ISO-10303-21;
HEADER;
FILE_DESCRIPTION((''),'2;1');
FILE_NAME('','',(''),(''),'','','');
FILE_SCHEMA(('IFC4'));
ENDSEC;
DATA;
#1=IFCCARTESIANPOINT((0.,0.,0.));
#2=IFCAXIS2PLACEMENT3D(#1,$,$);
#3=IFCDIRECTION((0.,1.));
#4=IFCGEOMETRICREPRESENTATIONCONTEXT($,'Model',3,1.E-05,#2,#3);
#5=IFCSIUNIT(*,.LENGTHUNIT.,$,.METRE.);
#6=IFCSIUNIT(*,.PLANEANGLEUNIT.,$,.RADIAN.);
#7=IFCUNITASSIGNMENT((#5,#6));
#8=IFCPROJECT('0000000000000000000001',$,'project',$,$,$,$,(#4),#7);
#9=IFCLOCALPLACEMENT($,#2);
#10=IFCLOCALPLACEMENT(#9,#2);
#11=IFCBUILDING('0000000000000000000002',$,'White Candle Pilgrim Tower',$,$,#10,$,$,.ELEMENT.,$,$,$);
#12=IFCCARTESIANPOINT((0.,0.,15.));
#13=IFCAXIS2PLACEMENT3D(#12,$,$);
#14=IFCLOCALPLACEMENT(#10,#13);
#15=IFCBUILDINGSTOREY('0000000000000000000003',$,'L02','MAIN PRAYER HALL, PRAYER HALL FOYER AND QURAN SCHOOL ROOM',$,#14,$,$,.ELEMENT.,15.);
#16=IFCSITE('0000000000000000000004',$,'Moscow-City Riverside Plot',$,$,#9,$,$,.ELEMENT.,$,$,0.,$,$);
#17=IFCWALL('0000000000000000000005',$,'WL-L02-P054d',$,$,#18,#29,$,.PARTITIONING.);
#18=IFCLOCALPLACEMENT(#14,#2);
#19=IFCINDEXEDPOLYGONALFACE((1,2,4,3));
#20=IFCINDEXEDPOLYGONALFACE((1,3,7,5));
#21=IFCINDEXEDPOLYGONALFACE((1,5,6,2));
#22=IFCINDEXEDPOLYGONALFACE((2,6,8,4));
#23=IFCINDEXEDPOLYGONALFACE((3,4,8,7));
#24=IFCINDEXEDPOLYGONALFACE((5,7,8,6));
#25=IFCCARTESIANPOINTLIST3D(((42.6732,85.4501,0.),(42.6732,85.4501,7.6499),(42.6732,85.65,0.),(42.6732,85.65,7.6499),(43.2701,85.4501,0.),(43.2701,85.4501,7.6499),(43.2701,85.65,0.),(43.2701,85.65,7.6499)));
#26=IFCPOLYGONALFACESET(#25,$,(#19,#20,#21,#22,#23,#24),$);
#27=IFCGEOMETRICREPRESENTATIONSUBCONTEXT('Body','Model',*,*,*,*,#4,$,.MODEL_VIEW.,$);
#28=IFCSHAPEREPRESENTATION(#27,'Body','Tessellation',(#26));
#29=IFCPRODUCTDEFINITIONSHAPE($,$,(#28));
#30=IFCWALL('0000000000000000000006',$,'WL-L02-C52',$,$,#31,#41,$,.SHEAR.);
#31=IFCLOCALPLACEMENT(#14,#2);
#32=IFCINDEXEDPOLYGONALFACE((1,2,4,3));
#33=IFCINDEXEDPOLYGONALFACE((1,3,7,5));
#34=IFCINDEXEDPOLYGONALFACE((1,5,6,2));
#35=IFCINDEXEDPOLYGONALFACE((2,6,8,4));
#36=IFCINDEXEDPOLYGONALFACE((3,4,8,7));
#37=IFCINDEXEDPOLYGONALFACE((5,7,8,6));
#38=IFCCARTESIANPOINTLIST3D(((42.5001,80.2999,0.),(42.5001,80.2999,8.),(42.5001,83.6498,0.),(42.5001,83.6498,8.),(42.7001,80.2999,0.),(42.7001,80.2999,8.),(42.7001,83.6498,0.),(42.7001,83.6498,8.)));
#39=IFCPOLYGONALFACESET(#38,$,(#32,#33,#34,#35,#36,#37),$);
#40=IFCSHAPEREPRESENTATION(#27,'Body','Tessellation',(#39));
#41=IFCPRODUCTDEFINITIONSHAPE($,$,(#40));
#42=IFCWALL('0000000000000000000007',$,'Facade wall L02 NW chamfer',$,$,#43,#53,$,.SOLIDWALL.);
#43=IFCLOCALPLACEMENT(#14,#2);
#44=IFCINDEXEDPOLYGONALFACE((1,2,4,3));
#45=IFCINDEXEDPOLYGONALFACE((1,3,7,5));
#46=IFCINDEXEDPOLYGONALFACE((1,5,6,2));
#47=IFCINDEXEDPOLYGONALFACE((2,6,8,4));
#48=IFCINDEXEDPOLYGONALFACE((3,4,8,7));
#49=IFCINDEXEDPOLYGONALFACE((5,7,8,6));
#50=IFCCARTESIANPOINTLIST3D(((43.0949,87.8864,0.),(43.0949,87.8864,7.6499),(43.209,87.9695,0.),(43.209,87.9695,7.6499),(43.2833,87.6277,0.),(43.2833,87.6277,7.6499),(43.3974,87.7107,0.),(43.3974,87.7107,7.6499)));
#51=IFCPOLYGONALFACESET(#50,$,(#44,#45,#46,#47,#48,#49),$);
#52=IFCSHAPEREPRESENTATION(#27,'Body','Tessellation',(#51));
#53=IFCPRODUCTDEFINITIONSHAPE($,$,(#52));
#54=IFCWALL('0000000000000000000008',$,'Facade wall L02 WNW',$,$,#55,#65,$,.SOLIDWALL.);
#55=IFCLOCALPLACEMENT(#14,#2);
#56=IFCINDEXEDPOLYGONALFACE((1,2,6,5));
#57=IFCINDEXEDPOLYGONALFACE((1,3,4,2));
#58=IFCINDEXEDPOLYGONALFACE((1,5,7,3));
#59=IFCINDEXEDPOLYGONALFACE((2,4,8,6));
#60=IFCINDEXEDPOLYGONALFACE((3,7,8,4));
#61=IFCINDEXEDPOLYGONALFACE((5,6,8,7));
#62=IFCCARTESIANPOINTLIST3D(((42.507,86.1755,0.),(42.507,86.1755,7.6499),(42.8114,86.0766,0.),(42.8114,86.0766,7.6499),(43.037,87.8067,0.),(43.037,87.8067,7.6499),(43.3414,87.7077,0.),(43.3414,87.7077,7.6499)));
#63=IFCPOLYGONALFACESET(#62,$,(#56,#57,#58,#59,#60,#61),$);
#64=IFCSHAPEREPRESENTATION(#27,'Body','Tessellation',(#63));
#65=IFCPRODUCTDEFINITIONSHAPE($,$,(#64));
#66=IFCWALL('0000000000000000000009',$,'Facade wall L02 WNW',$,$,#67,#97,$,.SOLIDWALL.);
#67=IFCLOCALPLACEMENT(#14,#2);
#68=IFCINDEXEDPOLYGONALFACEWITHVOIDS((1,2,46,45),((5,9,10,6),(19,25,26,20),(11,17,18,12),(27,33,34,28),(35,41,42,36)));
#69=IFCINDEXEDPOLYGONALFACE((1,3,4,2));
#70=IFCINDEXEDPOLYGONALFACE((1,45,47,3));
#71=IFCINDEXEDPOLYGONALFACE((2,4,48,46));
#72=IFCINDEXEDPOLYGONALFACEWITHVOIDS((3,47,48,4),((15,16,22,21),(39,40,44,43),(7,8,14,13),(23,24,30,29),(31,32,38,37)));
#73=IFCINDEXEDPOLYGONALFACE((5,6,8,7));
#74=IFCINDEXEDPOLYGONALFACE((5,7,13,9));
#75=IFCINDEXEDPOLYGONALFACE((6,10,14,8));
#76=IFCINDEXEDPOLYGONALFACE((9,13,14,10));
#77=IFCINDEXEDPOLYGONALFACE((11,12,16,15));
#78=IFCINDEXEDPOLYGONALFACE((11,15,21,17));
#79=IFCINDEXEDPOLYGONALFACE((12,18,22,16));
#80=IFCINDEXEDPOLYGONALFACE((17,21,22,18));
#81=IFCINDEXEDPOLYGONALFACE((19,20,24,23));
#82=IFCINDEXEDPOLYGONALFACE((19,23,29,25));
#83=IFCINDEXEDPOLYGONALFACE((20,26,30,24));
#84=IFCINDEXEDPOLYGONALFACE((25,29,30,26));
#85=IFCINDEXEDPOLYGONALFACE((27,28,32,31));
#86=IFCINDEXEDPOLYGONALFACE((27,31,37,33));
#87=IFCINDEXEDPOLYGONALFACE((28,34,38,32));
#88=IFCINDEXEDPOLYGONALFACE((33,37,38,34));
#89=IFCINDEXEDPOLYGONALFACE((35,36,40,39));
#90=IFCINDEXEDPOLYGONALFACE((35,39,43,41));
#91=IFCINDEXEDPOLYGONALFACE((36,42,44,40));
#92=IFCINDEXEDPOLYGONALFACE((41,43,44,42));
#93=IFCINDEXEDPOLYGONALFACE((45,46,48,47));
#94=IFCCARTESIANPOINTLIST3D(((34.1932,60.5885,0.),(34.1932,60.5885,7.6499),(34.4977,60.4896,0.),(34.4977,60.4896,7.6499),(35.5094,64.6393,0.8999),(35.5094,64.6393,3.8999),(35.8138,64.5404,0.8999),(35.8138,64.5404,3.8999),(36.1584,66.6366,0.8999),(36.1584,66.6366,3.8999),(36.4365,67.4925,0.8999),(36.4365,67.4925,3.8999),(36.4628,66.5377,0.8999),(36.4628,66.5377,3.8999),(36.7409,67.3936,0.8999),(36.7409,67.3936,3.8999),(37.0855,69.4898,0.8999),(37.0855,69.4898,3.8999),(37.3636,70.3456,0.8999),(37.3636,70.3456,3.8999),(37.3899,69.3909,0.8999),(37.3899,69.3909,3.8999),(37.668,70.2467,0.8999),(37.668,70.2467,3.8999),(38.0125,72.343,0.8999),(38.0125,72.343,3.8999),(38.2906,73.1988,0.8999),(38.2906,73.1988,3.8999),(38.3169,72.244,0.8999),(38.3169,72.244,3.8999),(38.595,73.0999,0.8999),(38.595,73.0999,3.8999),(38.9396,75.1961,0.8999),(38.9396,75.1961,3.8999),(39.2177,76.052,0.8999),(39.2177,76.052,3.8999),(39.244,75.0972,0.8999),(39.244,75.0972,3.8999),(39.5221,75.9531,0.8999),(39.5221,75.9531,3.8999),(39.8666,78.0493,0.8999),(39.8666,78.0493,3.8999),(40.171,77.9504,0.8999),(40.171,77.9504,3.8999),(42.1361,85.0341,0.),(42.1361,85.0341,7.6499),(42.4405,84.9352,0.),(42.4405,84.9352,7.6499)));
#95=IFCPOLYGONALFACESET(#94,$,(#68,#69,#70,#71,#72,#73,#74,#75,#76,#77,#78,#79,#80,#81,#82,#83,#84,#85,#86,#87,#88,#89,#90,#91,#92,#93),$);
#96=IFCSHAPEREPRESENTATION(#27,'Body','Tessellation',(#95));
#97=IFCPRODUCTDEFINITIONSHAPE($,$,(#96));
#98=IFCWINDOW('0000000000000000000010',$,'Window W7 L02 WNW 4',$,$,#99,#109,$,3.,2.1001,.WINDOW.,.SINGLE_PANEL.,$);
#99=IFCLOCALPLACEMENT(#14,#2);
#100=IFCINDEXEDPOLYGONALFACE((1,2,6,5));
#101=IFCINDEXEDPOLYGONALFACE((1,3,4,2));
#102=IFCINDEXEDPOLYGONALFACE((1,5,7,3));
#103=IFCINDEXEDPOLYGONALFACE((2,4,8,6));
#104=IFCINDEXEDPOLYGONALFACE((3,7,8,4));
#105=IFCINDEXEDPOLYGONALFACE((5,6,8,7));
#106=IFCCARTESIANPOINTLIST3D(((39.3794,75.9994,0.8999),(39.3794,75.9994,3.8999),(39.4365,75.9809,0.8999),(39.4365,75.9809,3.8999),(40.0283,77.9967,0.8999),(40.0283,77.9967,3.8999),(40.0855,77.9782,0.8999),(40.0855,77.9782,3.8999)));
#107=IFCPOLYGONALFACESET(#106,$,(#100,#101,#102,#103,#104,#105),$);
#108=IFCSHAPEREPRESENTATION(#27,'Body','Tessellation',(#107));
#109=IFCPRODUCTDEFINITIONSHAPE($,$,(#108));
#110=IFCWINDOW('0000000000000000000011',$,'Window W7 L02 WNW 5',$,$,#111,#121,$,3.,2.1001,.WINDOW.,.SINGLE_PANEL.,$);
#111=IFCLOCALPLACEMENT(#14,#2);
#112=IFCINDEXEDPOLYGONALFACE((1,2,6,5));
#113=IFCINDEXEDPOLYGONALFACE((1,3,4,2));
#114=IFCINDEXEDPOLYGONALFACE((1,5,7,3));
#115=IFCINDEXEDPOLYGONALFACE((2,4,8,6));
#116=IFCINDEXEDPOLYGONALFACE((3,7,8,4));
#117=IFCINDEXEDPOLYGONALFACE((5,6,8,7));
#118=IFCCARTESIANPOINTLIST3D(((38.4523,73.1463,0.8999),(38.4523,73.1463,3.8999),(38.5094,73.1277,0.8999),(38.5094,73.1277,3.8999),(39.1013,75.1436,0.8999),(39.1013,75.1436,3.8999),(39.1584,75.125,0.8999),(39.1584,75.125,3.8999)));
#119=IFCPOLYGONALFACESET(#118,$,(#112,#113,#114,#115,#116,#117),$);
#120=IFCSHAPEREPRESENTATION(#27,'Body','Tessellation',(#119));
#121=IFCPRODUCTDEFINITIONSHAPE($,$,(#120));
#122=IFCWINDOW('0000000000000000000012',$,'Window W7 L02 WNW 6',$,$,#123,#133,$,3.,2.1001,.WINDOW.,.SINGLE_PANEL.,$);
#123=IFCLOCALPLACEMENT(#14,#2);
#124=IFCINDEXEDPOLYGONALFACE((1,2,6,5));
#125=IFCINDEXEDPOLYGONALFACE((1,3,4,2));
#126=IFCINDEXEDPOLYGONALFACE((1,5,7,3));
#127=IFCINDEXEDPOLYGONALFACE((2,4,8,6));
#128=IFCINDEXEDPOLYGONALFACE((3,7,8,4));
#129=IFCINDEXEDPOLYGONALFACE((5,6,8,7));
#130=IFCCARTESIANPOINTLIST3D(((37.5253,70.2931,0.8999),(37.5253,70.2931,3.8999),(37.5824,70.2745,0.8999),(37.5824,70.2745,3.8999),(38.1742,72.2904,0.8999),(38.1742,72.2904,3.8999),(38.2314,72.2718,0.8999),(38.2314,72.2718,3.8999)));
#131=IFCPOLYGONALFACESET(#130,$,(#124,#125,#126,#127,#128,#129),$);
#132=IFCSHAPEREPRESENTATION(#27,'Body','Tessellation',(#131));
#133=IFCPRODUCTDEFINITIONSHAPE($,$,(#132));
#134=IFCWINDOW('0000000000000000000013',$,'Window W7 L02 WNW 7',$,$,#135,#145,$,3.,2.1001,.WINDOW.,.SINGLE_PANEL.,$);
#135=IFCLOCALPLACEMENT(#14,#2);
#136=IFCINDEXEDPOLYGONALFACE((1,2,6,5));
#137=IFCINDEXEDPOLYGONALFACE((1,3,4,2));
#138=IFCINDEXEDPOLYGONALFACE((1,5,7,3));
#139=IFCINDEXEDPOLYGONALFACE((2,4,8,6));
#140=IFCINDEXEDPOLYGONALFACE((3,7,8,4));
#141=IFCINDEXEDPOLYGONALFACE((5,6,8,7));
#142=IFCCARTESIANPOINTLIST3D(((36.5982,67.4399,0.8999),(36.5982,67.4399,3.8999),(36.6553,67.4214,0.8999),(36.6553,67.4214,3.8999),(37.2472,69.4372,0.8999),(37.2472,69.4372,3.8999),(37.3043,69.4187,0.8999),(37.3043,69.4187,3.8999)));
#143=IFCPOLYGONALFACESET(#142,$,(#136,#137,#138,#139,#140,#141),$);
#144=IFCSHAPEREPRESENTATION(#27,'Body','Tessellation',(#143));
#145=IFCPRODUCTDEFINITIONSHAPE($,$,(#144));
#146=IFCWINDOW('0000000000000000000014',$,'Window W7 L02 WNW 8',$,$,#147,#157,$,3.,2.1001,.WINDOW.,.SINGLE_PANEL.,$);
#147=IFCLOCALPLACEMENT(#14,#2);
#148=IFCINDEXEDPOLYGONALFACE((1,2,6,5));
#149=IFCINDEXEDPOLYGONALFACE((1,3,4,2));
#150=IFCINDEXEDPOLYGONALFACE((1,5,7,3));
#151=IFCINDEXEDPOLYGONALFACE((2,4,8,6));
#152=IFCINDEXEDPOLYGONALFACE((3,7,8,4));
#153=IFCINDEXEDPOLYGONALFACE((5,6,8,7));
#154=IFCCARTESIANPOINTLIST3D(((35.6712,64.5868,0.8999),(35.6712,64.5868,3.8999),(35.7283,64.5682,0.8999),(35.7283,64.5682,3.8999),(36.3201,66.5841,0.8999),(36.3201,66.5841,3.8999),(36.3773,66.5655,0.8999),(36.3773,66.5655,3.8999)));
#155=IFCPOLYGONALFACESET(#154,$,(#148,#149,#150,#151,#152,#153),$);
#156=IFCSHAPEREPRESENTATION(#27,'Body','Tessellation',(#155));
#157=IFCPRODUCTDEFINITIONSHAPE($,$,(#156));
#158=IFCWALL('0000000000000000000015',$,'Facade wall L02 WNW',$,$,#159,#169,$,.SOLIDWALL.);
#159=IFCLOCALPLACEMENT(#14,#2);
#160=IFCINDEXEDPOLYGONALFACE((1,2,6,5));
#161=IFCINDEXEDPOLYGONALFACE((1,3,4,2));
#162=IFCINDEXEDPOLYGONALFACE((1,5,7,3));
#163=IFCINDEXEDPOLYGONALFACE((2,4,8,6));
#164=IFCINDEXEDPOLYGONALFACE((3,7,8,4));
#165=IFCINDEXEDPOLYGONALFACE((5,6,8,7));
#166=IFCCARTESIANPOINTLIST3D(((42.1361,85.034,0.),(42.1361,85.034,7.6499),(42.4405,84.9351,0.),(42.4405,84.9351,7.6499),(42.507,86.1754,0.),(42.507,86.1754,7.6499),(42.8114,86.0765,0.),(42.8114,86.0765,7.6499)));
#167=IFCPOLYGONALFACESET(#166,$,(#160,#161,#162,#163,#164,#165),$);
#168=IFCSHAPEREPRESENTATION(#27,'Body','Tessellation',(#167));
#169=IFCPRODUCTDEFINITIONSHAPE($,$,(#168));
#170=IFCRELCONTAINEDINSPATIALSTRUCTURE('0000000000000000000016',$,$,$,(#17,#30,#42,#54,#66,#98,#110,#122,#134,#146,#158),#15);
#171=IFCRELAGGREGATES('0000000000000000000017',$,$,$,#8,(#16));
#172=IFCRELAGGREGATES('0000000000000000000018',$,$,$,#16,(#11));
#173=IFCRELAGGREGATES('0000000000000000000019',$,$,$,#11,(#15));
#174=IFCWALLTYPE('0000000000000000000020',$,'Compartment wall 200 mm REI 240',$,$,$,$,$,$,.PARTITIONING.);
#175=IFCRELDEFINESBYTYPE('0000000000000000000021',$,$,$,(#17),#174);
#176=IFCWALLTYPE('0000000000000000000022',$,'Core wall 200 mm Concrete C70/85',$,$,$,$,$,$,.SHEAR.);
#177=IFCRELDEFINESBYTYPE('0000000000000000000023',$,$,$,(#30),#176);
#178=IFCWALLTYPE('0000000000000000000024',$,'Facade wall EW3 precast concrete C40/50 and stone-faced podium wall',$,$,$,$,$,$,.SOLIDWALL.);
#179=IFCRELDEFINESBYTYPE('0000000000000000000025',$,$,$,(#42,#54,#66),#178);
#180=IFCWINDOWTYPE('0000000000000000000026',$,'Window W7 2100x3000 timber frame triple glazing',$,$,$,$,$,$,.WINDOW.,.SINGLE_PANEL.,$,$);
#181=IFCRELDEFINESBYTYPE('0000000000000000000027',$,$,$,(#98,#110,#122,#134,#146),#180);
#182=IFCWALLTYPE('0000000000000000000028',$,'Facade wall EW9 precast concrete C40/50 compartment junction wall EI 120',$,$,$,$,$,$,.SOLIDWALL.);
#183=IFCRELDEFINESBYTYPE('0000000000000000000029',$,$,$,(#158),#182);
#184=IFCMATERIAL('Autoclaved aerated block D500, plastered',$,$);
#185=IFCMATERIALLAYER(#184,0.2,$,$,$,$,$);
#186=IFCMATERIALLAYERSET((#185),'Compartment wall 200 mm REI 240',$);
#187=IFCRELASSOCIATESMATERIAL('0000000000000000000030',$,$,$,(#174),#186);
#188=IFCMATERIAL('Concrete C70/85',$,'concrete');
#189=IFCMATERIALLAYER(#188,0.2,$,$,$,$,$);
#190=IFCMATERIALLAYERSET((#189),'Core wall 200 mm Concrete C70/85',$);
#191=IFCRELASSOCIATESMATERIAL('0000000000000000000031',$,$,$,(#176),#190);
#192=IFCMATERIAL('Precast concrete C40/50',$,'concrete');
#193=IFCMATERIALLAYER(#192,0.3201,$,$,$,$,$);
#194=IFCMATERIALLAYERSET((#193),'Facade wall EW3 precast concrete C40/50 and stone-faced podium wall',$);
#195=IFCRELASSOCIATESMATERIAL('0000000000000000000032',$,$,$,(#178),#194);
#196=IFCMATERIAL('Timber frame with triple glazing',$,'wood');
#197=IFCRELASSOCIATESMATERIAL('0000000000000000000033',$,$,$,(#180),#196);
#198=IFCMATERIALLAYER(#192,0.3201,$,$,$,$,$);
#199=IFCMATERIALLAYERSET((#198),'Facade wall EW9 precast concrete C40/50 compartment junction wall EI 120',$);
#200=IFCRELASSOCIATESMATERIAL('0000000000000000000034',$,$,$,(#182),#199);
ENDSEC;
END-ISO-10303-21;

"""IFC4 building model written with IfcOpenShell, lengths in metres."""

from ifc_helpers import new_model, si_unit, direction, frame, frame_2d, origin, place, context, subcontext, project, spatial, rectangle, extrude, material, layer, layer_set, type_object, element, fill, save


model = new_model("IFC4")

# Units and contexts
model_context = context("Model", 3, precision=1e-05, world=origin(), true_north=direction((0.0, 1.0)))
body_context = subcontext(model_context, "Body", "Model", "MODEL_VIEW")
ifc_project = project(units=[si_unit("LENGTHUNIT", "METRE"), si_unit("PLANEANGLEUNIT", "RADIAN")], contexts=[model_context])

# Site, building, storey
site_placement = place(None, origin())
site = spatial("IfcSite", under=ifc_project, at=site_placement, Name="Moscow-City Riverside Plot", CompositionType="ELEMENT", RefElevation=0.0)
building_placement = place(site_placement, origin())
building = spatial("IfcBuilding", under=site, at=building_placement, Name="White Candle Pilgrim Tower", CompositionType="ELEMENT")
storey_placement = place(building_placement, frame((0.0, 0.0, 15.0)))
storey = spatial("IfcBuildingStorey", under=building, at=storey_placement, Name="L02", Description="MAIN PRAYER HALL, PRAYER HALL FOYER AND QURAN SCHOOL ROOM", CompositionType="ELEMENT", Elevation=15.0)

# Walls
ifc_material_1 = material(Name="Autoclaved aerated block D500, plastered")
ifc_layer_1 = layer(ifc_material_1, 0.2)
ifc_layer_set_1 = layer_set([ifc_layer_1], Name="Compartment wall 200 mm REI 240")
wall_type_1 = type_object("IfcWallType", Name="Compartment wall 200 mm REI 240", PredefinedType="PARTITIONING", material=ifc_layer_set_1)
wall_1_placement = place(storey_placement, frame((43.27, 85.55, 0.0), z_axis=(0.0, 0.0, 1.0), x_axis=(-1.0, 0.0, 0.0)))
element("IfcWall", 1, at=wall_1_placement, inside=storey, type_object=wall_type_1, Name="WL-L02-P054d", PredefinedType="PARTITIONING", context=body_context, shape_type="SweptSolid", body=[
    extrude(rectangle(XDim=0.5969, YDim=0.2, at=frame_2d((0.2983, 0.0))), origin(), (0.0, 0.0, 1.0), 7.6499),
])
ifc_material_2 = material(Name="Concrete C70/85", Category="concrete")
ifc_layer_2 = layer(ifc_material_2, 0.2)
ifc_layer_set_2 = layer_set([ifc_layer_2], Name="Core wall 200 mm Concrete C70/85")
wall_type_2 = type_object("IfcWallType", Name="Core wall 200 mm Concrete C70/85", PredefinedType="SHEAR", material=ifc_layer_set_2)
wall_2_placement = place(storey_placement, frame((42.6001, 80.3, 0.0), z_axis=(0.0, 0.0, 1.0), x_axis=(0.0, 1.0, 0.0)))
element("IfcWall", 2, at=wall_2_placement, inside=storey, type_object=wall_type_2, Name="WL-L02-C52", PredefinedType="SHEAR", context=body_context, shape_type="SweptSolid", body=[
    extrude(rectangle(XDim=3.3499, YDim=0.2, at=frame_2d((1.6748, 0.0))), origin(), (0.0, 0.0, 1.0), 8.0),
])
ifc_material_3 = material(Name="Precast concrete C40/50", Category="concrete")
ifc_layer_3 = layer(ifc_material_3, 0.3201)
ifc_layer_set_3 = layer_set([ifc_layer_3], Name="Facade wall EW3 precast concrete C40/50 and stone-faced podium wall")
wall_type_3 = type_object("IfcWallType", Name="Facade wall EW3 precast concrete C40/50 and stone-faced podium wall", PredefinedType="SOLIDWALL", material=ifc_layer_set_3)
wall_3_placement = place(storey_placement, frame((43.3032, 87.8401, 0.0), z_axis=(0.0, 0.0, 1.0), x_axis=(-0.808437, -0.588583, 0.0)))
element("IfcWall", 3, at=wall_3_placement, inside=storey, type_object=wall_type_3, Name="Facade wall L02 NW chamfer", PredefinedType="SOLIDWALL", context=body_context, shape_type="SweptSolid", body=[
    extrude(rectangle(XDim=0.1411, YDim=0.3201, at=frame_2d((0.0706, 0.0))), origin(), (0.0, 0.0, 1.0), 7.6499),
])
wall_4_placement = place(storey_placement, frame((43.1892, 87.7571, 0.0), z_axis=(0.0, 0.0, 1.0), x_axis=(-0.309044, -0.951048, 0.0)))
element("IfcWall", 4, at=wall_4_placement, inside=storey, type_object=wall_type_3, Name="Facade wall L02 WNW", PredefinedType="SOLIDWALL", context=body_context, shape_type="SweptSolid", body=[
    extrude(rectangle(XDim=1.7151, YDim=0.3201, at=frame_2d((0.8574, 0.0))), origin(), (0.0, 0.0, 1.0), 7.6499),
])

# Wall, openings, windows
wall_5_placement = place(storey_placement, frame((42.2883, 84.9846, 0.0), z_axis=(0.0, 0.0, 1.0), x_axis=(-0.309018, -0.951056, 0.0)))
wall_5 = element("IfcWall", 5, at=wall_5_placement, inside=storey, type_object=wall_type_3, Name="Facade wall L02 WNW", PredefinedType="SOLIDWALL", context=body_context, shape_type="SweptSolid", body=[
    extrude(rectangle(XDim=25.7036, YDim=0.3201, at=frame_2d((12.8518, 0.0))), origin(), (0.0, 0.0, 1.0), 7.6499),
])
opening_1_placement = place(wall_5_placement, frame((7.3442, 0.0, 0.8999)))
opening_1 = element("IfcOpeningElement", 6, at=opening_1_placement, cuts=wall_5, PredefinedType="OPENING", context=body_context, shape_type="SweptSolid", body=[
    extrude(rectangle(XDim=2.1001, YDim=3.0, at=frame_2d((1.05, 1.5))), frame((0.0, 0.1699, 0.0), z_axis=(0.0, -1.0, 0.0), x_axis=(1.0, 0.0, 0.0)), (0.0, 0.0, 1.0), 0.3401),
])
opening_2_placement = place(wall_5_placement, frame((10.3442, 0.0, 0.8999)))
opening_2 = element("IfcOpeningElement", 7, at=opening_2_placement, cuts=wall_5, PredefinedType="OPENING", context=body_context, shape_type="SweptSolid", body=[
    extrude(rectangle(XDim=2.1001, YDim=3.0, at=frame_2d((1.05, 1.5))), frame((0.0, 0.1699, 0.0), z_axis=(0.0, -1.0, 0.0), x_axis=(1.0, 0.0, 0.0)), (0.0, 0.0, 1.0), 0.3401),
])
opening_3_placement = place(wall_5_placement, frame((13.3442, 0.0, 0.8999)))
opening_3 = element("IfcOpeningElement", 8, at=opening_3_placement, cuts=wall_5, PredefinedType="OPENING", context=body_context, shape_type="SweptSolid", body=[
    extrude(rectangle(XDim=2.1001, YDim=3.0, at=frame_2d((1.05, 1.5))), frame((0.0, 0.1699, 0.0), z_axis=(0.0, -1.0, 0.0), x_axis=(1.0, 0.0, 0.0)), (0.0, 0.0, 1.0), 0.3401),
])
opening_4_placement = place(wall_5_placement, frame((16.3442, 0.0, 0.8999)))
opening_4 = element("IfcOpeningElement", 9, at=opening_4_placement, cuts=wall_5, PredefinedType="OPENING", context=body_context, shape_type="SweptSolid", body=[
    extrude(rectangle(XDim=2.1001, YDim=3.0, at=frame_2d((1.05, 1.5))), frame((0.0, 0.1699, 0.0), z_axis=(0.0, -1.0, 0.0), x_axis=(1.0, 0.0, 0.0)), (0.0, 0.0, 1.0), 0.3401),
])
opening_5_placement = place(wall_5_placement, frame((19.3442, 0.0, 0.8999)))
opening_5 = element("IfcOpeningElement", 10, at=opening_5_placement, cuts=wall_5, PredefinedType="OPENING", context=body_context, shape_type="SweptSolid", body=[
    extrude(rectangle(XDim=2.1001, YDim=3.0, at=frame_2d((1.05, 1.5))), frame((0.0, 0.1699, 0.0), z_axis=(0.0, -1.0, 0.0), x_axis=(1.0, 0.0, 0.0)), (0.0, 0.0, 1.0), 0.3401),
])
ifc_material_4 = material(Name="Timber frame with triple glazing", Category="wood")
window_type = type_object("IfcWindowType", Name="Window W7 2100x3000 timber frame triple glazing", PartitioningType="SINGLE_PANEL", PredefinedType="WINDOW", material=ifc_material_4)
window_1_placement = place(opening_1_placement, origin())
window_1 = element("IfcWindow", 11, at=window_1_placement, inside=storey, type_object=window_type, Name="Window W7 L02 WNW 4", OverallHeight=3.0, OverallWidth=2.1001, PartitioningType="SINGLE_PANEL", PredefinedType="WINDOW", context=body_context, shape_type="SweptSolid", body=[
    extrude(rectangle(XDim=2.1001, YDim=3.0, at=frame_2d((1.05, 1.5))), frame((0.0, 0.0701, 0.0), z_axis=(0.0, -1.0, 0.0), x_axis=(1.0, 0.0, 0.0)), (0.0, 0.0, 1.0), 0.0601),
])
fill(opening_1, window_1)
window_2_placement = place(opening_2_placement, origin())
window_2 = element("IfcWindow", 12, at=window_2_placement, inside=storey, type_object=window_type, Name="Window W7 L02 WNW 5", OverallHeight=3.0, OverallWidth=2.1001, PartitioningType="SINGLE_PANEL", PredefinedType="WINDOW", context=body_context, shape_type="SweptSolid", body=[
    extrude(rectangle(XDim=2.1001, YDim=3.0, at=frame_2d((1.05, 1.5))), frame((0.0, 0.0701, 0.0), z_axis=(0.0, -1.0, 0.0), x_axis=(1.0, 0.0, 0.0)), (0.0, 0.0, 1.0), 0.0601),
])
fill(opening_2, window_2)
window_3_placement = place(opening_3_placement, origin())
window_3 = element("IfcWindow", 13, at=window_3_placement, inside=storey, type_object=window_type, Name="Window W7 L02 WNW 6", OverallHeight=3.0, OverallWidth=2.1001, PartitioningType="SINGLE_PANEL", PredefinedType="WINDOW", context=body_context, shape_type="SweptSolid", body=[
    extrude(rectangle(XDim=2.1001, YDim=3.0, at=frame_2d((1.05, 1.5))), frame((0.0, 0.0701, 0.0), z_axis=(0.0, -1.0, 0.0), x_axis=(1.0, 0.0, 0.0)), (0.0, 0.0, 1.0), 0.0601),
])
fill(opening_3, window_3)
window_4_placement = place(opening_4_placement, origin())
window_4 = element("IfcWindow", 14, at=window_4_placement, inside=storey, type_object=window_type, Name="Window W7 L02 WNW 7", OverallHeight=3.0, OverallWidth=2.1001, PartitioningType="SINGLE_PANEL", PredefinedType="WINDOW", context=body_context, shape_type="SweptSolid", body=[
    extrude(rectangle(XDim=2.1001, YDim=3.0, at=frame_2d((1.05, 1.5))), frame((0.0, 0.0701, 0.0), z_axis=(0.0, -1.0, 0.0), x_axis=(1.0, 0.0, 0.0)), (0.0, 0.0, 1.0), 0.0601),
])
fill(opening_4, window_4)
window_5_placement = place(opening_5_placement, origin())
window_5 = element("IfcWindow", 15, at=window_5_placement, inside=storey, type_object=window_type, Name="Window W7 L02 WNW 8", OverallHeight=3.0, OverallWidth=2.1001, PartitioningType="SINGLE_PANEL", PredefinedType="WINDOW", context=body_context, shape_type="SweptSolid", body=[
    extrude(rectangle(XDim=2.1001, YDim=3.0, at=frame_2d((1.05, 1.5))), frame((0.0, 0.0701, 0.0), z_axis=(0.0, -1.0, 0.0), x_axis=(1.0, 0.0, 0.0)), (0.0, 0.0, 1.0), 0.0601),
])
fill(opening_5, window_5)

# Wall
ifc_layer_4 = layer(ifc_material_3, 0.3201)
ifc_layer_set_4 = layer_set([ifc_layer_4], Name="Facade wall EW9 precast concrete C40/50 compartment junction wall EI 120")
wall_type_4 = type_object("IfcWallType", Name="Facade wall EW9 precast concrete C40/50 compartment junction wall EI 120", PredefinedType="SOLIDWALL", material=ifc_layer_set_4)
wall_6_placement = place(storey_placement, frame((42.6592, 86.126, 0.0), z_axis=(0.0, 0.0, 1.0), x_axis=(-0.309017, -0.951056, 0.0)))
element("IfcWall", 16, at=wall_6_placement, inside=storey, type_object=wall_type_4, Name="Facade wall L02 WNW", PredefinedType="SOLIDWALL", context=body_context, shape_type="SweptSolid", body=[
    extrude(rectangle(XDim=1.2002, YDim=0.3201, at=frame_2d((0.6001, 0.0))), origin(), (0.0, 0.0, 1.0), 7.6499),
])

save(model, "model.ifc")
